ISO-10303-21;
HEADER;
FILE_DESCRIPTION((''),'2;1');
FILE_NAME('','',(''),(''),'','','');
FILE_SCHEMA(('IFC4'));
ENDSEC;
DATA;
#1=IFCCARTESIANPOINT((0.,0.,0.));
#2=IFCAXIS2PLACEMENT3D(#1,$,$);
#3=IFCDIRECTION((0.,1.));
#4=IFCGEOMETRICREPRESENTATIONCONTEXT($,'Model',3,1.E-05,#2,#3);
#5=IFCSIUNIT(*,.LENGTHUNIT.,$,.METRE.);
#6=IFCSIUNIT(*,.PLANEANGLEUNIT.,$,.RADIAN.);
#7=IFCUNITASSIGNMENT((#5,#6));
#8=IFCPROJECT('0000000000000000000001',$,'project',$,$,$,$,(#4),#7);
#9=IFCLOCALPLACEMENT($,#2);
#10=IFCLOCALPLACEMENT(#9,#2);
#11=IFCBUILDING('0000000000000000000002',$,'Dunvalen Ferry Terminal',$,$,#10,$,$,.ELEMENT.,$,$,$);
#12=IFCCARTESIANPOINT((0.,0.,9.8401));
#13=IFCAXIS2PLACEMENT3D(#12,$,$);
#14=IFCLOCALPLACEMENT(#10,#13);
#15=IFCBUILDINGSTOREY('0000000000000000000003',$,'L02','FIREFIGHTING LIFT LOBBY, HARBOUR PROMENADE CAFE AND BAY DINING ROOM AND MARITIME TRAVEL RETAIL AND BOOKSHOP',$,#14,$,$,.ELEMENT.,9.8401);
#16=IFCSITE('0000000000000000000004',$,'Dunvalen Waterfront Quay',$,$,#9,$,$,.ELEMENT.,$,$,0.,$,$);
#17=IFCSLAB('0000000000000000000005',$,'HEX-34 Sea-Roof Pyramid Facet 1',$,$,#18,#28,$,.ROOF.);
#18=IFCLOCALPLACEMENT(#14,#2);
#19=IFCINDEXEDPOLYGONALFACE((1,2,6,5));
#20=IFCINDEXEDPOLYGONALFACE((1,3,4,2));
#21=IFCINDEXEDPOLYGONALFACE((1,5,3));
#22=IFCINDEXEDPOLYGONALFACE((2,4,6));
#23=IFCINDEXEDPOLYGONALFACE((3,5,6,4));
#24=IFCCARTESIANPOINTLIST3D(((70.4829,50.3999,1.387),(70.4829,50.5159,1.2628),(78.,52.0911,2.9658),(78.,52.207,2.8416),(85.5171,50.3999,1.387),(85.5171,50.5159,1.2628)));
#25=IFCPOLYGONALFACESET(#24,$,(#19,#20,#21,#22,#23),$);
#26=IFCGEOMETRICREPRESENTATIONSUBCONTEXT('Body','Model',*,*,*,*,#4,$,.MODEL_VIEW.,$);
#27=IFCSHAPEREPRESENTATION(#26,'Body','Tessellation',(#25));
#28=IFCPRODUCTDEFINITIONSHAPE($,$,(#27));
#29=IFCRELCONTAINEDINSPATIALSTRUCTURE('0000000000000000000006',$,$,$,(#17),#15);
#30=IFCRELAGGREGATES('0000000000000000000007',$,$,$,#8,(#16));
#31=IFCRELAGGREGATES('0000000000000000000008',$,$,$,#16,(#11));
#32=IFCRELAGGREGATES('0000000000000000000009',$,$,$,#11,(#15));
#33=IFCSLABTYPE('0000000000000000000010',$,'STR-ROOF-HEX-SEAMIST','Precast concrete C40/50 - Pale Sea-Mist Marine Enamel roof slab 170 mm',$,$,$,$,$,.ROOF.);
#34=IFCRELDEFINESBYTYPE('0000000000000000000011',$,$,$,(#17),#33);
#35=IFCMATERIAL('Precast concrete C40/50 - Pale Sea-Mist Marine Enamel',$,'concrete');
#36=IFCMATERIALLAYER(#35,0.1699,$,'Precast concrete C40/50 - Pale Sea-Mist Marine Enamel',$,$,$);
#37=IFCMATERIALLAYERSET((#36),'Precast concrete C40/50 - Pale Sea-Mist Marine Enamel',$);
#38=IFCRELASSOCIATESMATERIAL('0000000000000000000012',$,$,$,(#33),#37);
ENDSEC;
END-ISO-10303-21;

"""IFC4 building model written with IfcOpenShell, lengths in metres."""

from ifc_helpers import new_model, si_unit, direction, frame, origin, place, context, subcontext, project, spatial, polyline, outline, extrude, material, layer, layer_set, type_object, element, save


model = new_model("IFC4")

# Units and contexts
model_context = context("Model", 3, precision=1e-05, world=origin(), true_north=direction((0.0, 1.0)))
body_context = subcontext(model_context, "Body", "Model", "MODEL_VIEW")
ifc_project = project(units=[si_unit("LENGTHUNIT", "METRE"), si_unit("PLANEANGLEUNIT", "RADIAN")], contexts=[model_context])

# Site, building, storey
site_placement = place(None, origin())
site = spatial("IfcSite", under=ifc_project, at=site_placement, Name="Dunvalen Waterfront Quay", CompositionType="ELEMENT", RefElevation=0.0)
building_placement = place(site_placement, origin())
building = spatial("IfcBuilding", under=site, at=building_placement, Name="Dunvalen Ferry Terminal", CompositionType="ELEMENT")
storey_placement = place(building_placement, frame((0.0, 0.0, 9.8401)))
storey = spatial("IfcBuildingStorey", under=building, at=storey_placement, Name="L02", Description="FIREFIGHTING LIFT LOBBY, HARBOUR PROMENADE CAFE AND BAY DINING ROOM AND MARITIME TRAVEL RETAIL AND BOOKSHOP", CompositionType="ELEMENT", Elevation=9.8401)

# Slab
ifc_material_1 = material(Name="Precast concrete C40/50 - Pale Sea-Mist Marine Enamel", Category="concrete")
ifc_layer_1 = layer(ifc_material_1, 0.1699, Name="Precast concrete C40/50 - Pale Sea-Mist Marine Enamel")
ifc_layer_set_1 = layer_set([ifc_layer_1], Name="Precast concrete C40/50 - Pale Sea-Mist Marine Enamel")
slab_type = type_object("IfcSlabType", Name="STR-ROOF-HEX-SEAMIST", Description="Precast concrete C40/50 - Pale Sea-Mist Marine Enamel roof slab 170 mm", PredefinedType="ROOF", material=ifc_layer_set_1)
slab_1_placement = place(storey_placement, frame((70.4829, 50.3999, 1.387), z_axis=(0.0, -0.68242, 0.730961), x_axis=(1.0, 0.0, 0.0)))
element("IfcSlab", 1, at=slab_1_placement, inside=storey, type_object=slab_type, Name="HEX-34 Sea-Roof Pyramid Facet 1", PredefinedType="ROOF", context=body_context, shape_type="SweptSolid", body=[
    extrude(outline(polyline([(0.0, 0.0), (15.0342, 0.0), (7.5171, 2.3136), (0.0, 0.0)])), origin(), (0.0, 0.0, -1.0), 0.1699),
])

save(model, "model.ifc")
